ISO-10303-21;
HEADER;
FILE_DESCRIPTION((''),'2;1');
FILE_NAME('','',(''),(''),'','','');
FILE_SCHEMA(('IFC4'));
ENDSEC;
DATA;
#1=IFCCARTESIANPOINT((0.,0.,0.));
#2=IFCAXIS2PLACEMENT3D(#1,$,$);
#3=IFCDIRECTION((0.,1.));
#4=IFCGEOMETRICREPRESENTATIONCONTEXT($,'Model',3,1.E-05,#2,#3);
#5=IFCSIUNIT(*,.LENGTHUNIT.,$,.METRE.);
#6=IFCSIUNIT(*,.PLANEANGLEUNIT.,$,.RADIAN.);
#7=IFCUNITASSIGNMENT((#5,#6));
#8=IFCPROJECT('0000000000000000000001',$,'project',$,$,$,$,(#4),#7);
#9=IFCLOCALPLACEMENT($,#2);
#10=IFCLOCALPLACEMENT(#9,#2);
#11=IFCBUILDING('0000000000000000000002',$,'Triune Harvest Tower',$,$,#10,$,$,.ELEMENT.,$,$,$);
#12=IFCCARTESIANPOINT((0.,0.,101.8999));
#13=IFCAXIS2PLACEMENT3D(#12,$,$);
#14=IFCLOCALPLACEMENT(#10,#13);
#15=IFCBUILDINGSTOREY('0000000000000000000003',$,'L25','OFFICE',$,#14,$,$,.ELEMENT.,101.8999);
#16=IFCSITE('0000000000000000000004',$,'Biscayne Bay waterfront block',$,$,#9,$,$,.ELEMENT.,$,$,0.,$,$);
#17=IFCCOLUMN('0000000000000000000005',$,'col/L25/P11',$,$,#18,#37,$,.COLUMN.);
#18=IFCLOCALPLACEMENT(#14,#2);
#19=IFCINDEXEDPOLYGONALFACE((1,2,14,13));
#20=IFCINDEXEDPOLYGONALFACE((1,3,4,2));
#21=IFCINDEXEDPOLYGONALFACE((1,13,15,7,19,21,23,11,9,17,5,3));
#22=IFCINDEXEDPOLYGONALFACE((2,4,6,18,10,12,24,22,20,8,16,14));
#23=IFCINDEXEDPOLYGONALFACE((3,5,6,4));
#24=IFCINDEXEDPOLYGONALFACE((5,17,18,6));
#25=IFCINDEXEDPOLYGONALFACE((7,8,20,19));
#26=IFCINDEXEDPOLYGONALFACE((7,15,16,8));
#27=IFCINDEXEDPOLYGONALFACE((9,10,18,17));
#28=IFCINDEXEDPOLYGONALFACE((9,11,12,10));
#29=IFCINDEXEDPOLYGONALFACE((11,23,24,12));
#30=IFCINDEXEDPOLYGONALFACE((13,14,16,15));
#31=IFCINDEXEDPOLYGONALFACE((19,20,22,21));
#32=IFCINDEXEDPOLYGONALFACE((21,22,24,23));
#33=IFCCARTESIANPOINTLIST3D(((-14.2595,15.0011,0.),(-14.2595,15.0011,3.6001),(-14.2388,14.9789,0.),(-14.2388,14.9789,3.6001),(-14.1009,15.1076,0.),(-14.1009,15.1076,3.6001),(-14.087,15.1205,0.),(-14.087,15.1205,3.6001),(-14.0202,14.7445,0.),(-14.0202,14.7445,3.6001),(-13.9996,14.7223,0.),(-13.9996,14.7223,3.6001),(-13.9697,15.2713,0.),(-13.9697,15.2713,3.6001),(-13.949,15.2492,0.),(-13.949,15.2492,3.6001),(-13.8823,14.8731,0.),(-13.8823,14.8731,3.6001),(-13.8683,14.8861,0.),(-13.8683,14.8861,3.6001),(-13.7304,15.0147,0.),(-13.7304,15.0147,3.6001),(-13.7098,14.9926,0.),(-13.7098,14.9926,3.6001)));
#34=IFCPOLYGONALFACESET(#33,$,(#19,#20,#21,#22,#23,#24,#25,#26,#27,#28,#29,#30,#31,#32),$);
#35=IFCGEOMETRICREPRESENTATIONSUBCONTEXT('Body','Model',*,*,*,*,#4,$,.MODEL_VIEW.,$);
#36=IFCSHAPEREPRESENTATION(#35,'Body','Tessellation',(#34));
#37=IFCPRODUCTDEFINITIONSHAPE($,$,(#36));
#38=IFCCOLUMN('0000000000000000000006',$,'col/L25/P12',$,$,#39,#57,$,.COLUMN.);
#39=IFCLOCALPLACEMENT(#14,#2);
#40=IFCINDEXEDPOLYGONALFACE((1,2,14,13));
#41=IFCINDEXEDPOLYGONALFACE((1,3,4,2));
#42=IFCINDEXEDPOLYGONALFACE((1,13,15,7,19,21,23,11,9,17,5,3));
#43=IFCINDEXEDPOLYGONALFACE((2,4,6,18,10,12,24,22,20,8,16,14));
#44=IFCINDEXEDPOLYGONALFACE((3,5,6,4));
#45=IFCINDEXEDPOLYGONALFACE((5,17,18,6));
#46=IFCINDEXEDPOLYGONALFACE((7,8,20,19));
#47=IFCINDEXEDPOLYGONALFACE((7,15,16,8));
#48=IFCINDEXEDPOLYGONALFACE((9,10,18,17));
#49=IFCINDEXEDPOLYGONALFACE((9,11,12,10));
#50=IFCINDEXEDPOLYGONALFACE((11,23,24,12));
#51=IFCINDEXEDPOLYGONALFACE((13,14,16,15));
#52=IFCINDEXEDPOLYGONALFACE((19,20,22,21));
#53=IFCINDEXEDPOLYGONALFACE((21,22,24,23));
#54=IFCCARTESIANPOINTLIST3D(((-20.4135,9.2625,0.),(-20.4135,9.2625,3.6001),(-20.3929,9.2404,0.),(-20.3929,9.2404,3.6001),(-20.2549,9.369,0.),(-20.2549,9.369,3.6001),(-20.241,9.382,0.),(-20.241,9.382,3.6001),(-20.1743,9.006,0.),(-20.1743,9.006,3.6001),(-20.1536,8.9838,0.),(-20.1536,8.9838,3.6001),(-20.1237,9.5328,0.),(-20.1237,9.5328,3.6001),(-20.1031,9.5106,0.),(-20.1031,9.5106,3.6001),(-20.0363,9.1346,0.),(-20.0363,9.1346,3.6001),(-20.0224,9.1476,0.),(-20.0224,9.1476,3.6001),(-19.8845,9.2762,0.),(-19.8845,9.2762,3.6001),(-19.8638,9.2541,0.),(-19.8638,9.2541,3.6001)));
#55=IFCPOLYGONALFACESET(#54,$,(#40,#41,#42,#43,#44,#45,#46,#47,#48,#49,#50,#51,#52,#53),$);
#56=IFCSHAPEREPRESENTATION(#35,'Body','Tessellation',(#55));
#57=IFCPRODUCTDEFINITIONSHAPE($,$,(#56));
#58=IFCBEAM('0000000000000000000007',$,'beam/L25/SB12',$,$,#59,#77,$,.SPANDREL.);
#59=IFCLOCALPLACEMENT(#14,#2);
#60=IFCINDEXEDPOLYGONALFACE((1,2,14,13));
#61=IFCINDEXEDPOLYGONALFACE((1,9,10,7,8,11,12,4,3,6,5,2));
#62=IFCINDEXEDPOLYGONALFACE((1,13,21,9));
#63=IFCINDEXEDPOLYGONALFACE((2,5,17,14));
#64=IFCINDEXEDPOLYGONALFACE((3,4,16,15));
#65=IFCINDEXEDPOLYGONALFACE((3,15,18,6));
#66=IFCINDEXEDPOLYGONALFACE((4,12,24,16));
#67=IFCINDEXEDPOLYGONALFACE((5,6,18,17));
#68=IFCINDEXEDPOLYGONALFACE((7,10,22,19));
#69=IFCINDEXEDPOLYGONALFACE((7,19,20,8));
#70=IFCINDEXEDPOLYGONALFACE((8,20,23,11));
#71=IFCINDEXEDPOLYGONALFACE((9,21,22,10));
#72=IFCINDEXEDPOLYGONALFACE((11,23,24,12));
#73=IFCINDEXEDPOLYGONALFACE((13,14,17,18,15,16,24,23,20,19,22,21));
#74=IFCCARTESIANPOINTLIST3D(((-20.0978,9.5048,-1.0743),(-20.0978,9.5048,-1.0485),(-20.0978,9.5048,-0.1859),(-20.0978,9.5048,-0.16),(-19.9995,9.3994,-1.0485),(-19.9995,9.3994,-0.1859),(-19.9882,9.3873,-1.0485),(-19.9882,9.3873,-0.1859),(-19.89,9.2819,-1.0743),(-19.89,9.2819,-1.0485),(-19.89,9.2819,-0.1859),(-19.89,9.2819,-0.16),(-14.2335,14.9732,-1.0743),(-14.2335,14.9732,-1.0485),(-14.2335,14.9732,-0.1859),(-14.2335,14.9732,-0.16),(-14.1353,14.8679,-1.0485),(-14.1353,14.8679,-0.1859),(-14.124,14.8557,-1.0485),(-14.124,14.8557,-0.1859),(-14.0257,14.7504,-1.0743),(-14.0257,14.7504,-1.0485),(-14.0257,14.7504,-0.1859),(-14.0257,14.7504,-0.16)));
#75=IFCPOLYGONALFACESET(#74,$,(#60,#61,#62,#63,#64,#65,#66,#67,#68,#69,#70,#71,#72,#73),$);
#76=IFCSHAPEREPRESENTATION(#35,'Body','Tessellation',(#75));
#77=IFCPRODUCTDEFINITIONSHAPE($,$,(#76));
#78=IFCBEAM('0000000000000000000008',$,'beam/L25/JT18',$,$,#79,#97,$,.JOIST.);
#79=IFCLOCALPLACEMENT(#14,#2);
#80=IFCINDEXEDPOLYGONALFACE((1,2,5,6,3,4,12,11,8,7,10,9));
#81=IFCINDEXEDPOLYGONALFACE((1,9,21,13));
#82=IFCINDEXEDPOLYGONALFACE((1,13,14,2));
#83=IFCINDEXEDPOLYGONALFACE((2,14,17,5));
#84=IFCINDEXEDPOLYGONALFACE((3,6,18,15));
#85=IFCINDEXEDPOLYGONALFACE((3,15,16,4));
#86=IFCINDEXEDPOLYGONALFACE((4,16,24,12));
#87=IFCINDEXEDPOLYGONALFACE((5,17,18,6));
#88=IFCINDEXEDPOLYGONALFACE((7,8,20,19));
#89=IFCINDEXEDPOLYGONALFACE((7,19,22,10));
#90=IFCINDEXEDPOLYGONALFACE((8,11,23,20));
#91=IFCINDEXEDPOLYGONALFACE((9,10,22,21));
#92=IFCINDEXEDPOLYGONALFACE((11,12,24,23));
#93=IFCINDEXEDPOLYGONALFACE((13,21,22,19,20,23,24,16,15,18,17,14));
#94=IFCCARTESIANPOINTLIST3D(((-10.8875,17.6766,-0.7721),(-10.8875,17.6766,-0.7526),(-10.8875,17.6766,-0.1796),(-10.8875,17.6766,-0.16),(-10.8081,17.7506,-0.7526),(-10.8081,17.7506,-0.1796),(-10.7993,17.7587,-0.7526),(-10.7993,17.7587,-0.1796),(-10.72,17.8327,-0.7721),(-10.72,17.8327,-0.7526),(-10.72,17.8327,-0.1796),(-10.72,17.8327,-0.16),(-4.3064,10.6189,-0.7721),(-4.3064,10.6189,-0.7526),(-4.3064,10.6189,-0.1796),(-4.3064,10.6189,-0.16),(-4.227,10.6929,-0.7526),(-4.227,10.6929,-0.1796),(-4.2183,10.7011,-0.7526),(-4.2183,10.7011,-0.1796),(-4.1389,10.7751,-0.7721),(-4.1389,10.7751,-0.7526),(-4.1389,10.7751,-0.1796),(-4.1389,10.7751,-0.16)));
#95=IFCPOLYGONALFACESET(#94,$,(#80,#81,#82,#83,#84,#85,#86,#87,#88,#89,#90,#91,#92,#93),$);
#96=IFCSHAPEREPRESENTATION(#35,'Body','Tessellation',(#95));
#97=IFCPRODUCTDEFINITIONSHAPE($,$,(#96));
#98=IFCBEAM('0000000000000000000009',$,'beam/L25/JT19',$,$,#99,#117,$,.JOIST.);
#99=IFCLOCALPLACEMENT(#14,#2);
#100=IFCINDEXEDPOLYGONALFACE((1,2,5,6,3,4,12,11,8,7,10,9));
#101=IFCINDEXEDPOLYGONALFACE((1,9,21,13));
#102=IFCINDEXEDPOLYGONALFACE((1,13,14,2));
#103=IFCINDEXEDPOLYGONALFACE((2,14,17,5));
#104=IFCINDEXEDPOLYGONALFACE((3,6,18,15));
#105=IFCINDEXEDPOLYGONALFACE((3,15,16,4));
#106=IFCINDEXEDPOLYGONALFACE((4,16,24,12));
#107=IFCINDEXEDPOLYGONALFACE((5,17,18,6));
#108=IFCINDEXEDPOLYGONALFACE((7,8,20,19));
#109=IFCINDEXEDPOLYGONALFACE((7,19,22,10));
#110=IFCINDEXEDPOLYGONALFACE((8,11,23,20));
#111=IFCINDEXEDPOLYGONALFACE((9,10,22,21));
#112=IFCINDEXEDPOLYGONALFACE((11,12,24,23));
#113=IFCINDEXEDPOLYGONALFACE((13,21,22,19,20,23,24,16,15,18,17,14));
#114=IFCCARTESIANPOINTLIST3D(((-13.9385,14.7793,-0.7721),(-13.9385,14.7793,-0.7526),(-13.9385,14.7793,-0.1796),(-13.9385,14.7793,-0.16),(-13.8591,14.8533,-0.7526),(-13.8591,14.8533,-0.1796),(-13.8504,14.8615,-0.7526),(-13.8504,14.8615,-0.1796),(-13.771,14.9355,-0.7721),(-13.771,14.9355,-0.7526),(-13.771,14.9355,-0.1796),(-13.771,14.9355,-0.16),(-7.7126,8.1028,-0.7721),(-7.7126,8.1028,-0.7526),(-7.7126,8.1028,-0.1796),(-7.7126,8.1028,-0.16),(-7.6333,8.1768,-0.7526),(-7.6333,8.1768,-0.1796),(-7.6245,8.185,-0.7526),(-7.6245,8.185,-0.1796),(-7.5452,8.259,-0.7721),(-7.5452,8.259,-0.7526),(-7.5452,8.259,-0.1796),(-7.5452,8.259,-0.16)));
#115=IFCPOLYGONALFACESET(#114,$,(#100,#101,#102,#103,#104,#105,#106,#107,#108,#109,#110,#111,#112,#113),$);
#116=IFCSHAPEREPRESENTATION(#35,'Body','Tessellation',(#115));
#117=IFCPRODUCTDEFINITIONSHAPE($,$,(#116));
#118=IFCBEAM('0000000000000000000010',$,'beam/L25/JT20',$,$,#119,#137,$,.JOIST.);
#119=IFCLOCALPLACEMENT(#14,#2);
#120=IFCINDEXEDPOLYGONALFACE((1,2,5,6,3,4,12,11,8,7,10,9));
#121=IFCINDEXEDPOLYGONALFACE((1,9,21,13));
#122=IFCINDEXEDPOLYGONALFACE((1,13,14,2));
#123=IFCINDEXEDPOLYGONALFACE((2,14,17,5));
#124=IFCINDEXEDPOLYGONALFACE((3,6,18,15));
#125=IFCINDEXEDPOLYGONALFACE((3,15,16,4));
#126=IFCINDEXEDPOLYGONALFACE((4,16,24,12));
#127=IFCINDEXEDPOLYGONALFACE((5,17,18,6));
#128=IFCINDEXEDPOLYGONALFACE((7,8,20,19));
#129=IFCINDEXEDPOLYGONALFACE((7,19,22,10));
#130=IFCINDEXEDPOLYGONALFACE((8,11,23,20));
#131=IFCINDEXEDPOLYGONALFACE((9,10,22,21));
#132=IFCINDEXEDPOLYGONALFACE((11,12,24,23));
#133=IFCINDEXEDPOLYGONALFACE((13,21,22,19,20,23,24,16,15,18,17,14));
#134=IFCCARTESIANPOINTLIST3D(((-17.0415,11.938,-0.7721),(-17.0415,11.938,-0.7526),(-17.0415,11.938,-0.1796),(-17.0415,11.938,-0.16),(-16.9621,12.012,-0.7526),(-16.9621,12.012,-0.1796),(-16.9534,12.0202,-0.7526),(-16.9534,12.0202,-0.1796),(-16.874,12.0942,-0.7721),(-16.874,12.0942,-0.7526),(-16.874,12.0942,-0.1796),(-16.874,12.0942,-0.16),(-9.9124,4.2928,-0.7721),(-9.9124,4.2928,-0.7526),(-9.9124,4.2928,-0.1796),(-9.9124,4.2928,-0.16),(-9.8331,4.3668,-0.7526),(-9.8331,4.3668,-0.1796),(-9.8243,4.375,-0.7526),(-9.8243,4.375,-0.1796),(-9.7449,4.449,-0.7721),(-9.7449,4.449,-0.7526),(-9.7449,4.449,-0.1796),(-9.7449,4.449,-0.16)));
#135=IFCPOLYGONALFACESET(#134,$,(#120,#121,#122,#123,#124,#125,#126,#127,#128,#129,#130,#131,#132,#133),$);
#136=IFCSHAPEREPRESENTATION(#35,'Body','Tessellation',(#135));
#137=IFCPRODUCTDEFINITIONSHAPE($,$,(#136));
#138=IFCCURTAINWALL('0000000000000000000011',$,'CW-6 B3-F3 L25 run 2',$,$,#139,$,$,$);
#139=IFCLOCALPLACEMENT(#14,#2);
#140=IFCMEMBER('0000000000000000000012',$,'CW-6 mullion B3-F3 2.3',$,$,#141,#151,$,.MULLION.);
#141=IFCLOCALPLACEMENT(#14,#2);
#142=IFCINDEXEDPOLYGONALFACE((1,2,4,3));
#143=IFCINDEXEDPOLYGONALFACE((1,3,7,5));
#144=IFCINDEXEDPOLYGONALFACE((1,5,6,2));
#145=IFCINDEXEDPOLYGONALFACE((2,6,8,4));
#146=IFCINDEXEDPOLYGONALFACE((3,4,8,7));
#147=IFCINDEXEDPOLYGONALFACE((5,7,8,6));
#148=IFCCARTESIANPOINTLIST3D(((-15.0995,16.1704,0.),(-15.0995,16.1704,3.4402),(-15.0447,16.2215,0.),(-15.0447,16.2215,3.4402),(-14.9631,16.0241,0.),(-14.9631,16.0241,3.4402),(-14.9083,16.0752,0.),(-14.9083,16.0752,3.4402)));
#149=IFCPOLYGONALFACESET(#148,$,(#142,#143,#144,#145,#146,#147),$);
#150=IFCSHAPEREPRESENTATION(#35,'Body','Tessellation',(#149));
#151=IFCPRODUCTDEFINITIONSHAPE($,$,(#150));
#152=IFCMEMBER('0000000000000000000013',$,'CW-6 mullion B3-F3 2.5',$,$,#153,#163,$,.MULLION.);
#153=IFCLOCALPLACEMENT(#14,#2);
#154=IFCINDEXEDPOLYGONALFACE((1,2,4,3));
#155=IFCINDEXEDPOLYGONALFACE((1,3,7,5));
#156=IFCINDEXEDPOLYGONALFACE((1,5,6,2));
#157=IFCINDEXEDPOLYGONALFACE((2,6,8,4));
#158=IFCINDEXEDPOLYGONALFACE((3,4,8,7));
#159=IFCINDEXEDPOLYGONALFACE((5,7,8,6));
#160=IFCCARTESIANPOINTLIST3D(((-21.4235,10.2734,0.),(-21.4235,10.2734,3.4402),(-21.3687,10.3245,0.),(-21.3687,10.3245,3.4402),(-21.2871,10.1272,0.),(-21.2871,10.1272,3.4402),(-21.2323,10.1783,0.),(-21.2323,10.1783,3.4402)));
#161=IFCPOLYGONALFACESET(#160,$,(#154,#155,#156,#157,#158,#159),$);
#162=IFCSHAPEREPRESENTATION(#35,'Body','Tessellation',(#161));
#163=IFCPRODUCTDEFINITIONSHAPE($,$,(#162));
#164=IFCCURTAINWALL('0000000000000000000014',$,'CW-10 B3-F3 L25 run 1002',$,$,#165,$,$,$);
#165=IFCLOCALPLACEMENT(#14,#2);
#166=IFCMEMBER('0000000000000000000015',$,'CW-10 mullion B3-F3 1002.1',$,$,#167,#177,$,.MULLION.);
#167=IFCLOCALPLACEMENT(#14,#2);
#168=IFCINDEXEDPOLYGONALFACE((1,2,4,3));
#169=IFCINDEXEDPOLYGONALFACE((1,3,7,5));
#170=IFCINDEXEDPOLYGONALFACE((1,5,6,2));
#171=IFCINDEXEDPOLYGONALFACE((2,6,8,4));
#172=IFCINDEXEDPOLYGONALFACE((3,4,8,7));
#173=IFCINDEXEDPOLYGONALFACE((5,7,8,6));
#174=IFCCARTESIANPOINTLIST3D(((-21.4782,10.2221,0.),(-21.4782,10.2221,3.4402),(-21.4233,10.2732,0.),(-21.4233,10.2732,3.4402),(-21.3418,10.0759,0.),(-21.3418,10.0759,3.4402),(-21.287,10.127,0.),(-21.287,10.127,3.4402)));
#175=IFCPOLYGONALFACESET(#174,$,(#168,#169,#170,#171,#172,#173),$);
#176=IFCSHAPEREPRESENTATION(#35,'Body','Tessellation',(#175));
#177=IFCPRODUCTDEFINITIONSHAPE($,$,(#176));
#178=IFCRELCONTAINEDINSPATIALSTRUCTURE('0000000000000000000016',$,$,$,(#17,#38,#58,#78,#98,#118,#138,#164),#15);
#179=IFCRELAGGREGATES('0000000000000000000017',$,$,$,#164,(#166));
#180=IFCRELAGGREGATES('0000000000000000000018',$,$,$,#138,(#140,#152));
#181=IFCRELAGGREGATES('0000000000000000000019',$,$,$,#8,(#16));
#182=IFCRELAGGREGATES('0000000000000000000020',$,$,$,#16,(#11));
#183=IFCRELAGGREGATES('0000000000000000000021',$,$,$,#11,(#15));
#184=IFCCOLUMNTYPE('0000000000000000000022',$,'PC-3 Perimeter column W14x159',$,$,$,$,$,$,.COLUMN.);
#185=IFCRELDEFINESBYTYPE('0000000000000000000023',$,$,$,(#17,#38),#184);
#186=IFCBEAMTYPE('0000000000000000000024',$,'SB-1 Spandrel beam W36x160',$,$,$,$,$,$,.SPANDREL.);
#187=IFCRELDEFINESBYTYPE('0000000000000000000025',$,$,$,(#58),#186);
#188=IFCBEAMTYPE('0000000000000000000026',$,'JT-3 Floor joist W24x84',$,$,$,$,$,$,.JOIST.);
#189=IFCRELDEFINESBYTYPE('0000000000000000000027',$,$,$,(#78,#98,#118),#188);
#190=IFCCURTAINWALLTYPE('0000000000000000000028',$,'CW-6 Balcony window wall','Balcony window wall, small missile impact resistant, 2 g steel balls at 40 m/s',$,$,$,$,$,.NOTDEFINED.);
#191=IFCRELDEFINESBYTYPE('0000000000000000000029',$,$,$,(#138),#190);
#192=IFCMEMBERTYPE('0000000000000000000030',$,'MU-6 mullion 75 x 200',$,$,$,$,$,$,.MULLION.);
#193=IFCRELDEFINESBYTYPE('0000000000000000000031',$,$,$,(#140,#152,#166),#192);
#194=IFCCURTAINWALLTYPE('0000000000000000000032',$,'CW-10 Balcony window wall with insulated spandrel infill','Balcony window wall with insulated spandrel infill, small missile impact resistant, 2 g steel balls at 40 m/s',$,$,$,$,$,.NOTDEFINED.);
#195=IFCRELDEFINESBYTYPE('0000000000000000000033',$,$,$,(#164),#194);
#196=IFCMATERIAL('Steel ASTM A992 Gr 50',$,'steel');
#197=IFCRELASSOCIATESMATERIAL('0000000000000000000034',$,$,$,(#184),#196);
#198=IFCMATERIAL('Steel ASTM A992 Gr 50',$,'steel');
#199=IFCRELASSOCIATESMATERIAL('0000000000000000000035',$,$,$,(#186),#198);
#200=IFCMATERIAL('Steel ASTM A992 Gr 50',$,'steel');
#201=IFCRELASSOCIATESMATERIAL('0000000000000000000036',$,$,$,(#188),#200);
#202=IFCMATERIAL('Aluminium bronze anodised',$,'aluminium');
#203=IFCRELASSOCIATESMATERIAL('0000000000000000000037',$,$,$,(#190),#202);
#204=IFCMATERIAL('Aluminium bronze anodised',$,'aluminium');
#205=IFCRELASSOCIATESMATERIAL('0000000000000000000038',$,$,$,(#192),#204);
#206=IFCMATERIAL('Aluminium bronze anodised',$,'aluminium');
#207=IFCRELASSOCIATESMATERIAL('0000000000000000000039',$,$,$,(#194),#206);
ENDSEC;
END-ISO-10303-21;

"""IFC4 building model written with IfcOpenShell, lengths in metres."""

from ifc_helpers import new_model, si_unit, direction, frame, origin, origin_2d, place, context, subcontext, project, spatial, rectangle, i_section, extrude, source, transform, mapped, material, material_profile, profile_set, type_object, element, aggregate, save


model = new_model("IFC4")

# Units and contexts
model_context = context("Model", 3, precision=1e-05, world=origin(), true_north=direction((0.0, 1.0)))
body_context = subcontext(model_context, "Body", "Model", "MODEL_VIEW")
ifc_project = project(units=[si_unit("LENGTHUNIT", "METRE"), si_unit("PLANEANGLEUNIT", "RADIAN")], contexts=[model_context])

# Site, building, storey
site_placement = place(None, origin())
site = spatial("IfcSite", under=ifc_project, at=site_placement, Name="Biscayne Bay waterfront block", CompositionType="ELEMENT", RefElevation=0.0)
building_placement = place(site_placement, origin())
building = spatial("IfcBuilding", under=site, at=building_placement, Name="Triune Harvest Tower", CompositionType="ELEMENT")
storey_placement = place(building_placement, frame((0.0, 0.0, 101.8999)))
storey = spatial("IfcBuildingStorey", under=building, at=storey_placement, Name="L25", Description="OFFICE", CompositionType="ELEMENT", Elevation=101.8999)

# Columns
ifc_material_1 = material(Name="Steel ASTM A992 Gr 50", Category="steel")
ifc_material_profile_1 = material_profile(ifc_material_1, i_section(OverallWidth=0.3962, OverallDepth=0.3811, WebThickness=0.019, FlangeThickness=0.0303, at=origin_2d()), Name="W14x159")
ifc_profile_set_1 = profile_set([ifc_material_profile_1], Name="Steel ASTM A992 Gr 50")
column_type = type_object("IfcColumnType", Name="PC-3 Perimeter column W14x159", PredefinedType="COLUMN", material=ifc_profile_set_1)
shared_shape_1 = source(origin(), body_context, "Body", "SweptSolid", [
    extrude(i_section(OverallWidth=0.3962, OverallDepth=0.3811, WebThickness=0.019, FlangeThickness=0.0303, at=origin_2d()), origin(), (0.0, 0.0, 1.0), 3.6001),
])
for number, where, z_axis, x_axis, name in (
    (1, (-13.9846, 14.9968, 0.0), (0.0, 0.0, 1.0), (-0.731355, -0.681997, 0.0), "col/L25/P11"),
    (2, (-20.1387, 9.2583, 0.0), (0.0, 0.0, 1.0), (-0.731355, -0.681997, 0.0), "col/L25/P12"),
):
    element("IfcColumn", number, at=place(storey_placement, frame(where, z_axis=z_axis, x_axis=x_axis)), inside=storey, type_object=column_type, Name=name, PredefinedType="COLUMN", context=body_context, shape_type="MappedRepresentation", body=[
        mapped(shared_shape_1, transform((0.0, 0.0, 0.0), scale=1.0)),
    ])

# Beams
ifc_material_2 = material(Name="Steel ASTM A992 Gr 50", Category="steel")
ifc_material_profile_2 = material_profile(ifc_material_2, i_section(OverallWidth=0.3047, OverallDepth=0.9143, WebThickness=0.0166, FlangeThickness=0.0259, at=origin_2d()), Name="W36x160")
ifc_profile_set_2 = profile_set([ifc_material_profile_2], Name="Steel ASTM A992 Gr 50")
beam_type_1 = type_object("IfcBeamType", Name="SB-1 Spandrel beam W36x160", PredefinedType="SPANDREL", material=ifc_profile_set_2)
shared_shape_2 = source(origin(), body_context, "Body", "SweptSolid", [
    extrude(i_section(OverallWidth=0.3047, OverallDepth=0.9143, WebThickness=0.0166, FlangeThickness=0.0259, at=origin_2d()), origin(), (0.0, 0.0, 1.0), 8.0183),
])
beam_1_placement = place(storey_placement, frame((-14.1296, 14.8618, -0.6172), z_axis=(-0.731354, -0.681998, 0.0), x_axis=(0.681998, -0.731354, 0.0)))
element("IfcBeam", 3, at=beam_1_placement, inside=storey, type_object=beam_type_1, Name="beam/L25/SB12", PredefinedType="SPANDREL", context=body_context, shape_type="MappedRepresentation", body=[
    mapped(shared_shape_2, transform((0.0, 0.0, 0.0), scale=1.0)),
])
ifc_material_3 = material(Name="Steel ASTM A992 Gr 50", Category="steel")
ifc_material_profile_3 = material_profile(ifc_material_3, i_section(OverallWidth=0.229, OverallDepth=0.6121, WebThickness=0.012, FlangeThickness=0.0195, at=origin_2d()), Name="W24x84")
ifc_profile_set_3 = profile_set([ifc_material_profile_3], Name="Steel ASTM A992 Gr 50")
beam_type_2 = type_object("IfcBeamType", Name="JT-3 Floor joist W24x84", PredefinedType="JOIST", material=ifc_profile_set_3)
shared_shape_3 = source(origin(), body_context, "Body", "SweptSolid", [
    extrude(i_section(OverallWidth=0.229, OverallDepth=0.6121, WebThickness=0.012, FlangeThickness=0.0195, at=origin_2d()), origin(), (0.0, 0.0, 1.0), 9.6499),
])
beam_2_placement = place(storey_placement, frame((-10.8037, 17.7546, -0.4661), z_axis=(0.681983, -0.731368, 0.0), x_axis=(0.731368, 0.681983, 0.0)))
element("IfcBeam", 4, at=beam_2_placement, inside=storey, type_object=beam_type_2, Name="beam/L25/JT18", PredefinedType="JOIST", context=body_context, shape_type="MappedRepresentation", body=[
    mapped(shared_shape_3, transform((0.0, 0.0, 0.0), scale=1.0)),
])
shared_shape_4 = source(origin(), body_context, "Body", "SweptSolid", [
    extrude(i_section(OverallWidth=0.229, OverallDepth=0.6121, WebThickness=0.012, FlangeThickness=0.0195, at=origin_2d()), origin(), (0.0, 0.0, 1.0), 9.1289),
])
beam_3_placement = place(storey_placement, frame((-13.8547, 14.8574, -0.4661), z_axis=(0.681991, -0.73136, 0.0), x_axis=(0.73136, 0.681991, 0.0)))
element("IfcBeam", 5, at=beam_3_placement, inside=storey, type_object=beam_type_2, Name="beam/L25/JT19", PredefinedType="JOIST", context=body_context, shape_type="MappedRepresentation", body=[
    mapped(shared_shape_4, transform((0.0, 0.0, 0.0), scale=1.0)),
])
shared_shape_5 = source(origin(), body_context, "Body", "SweptSolid", [
    extrude(i_section(OverallWidth=0.229, OverallDepth=0.6121, WebThickness=0.012, FlangeThickness=0.0195, at=origin_2d()), origin(), (0.0, 0.0, 1.0), 10.4534),
])
beam_4_placement = place(storey_placement, frame((-16.9578, 12.0161, -0.4661), z_axis=(0.681989, -0.731362, 0.0), x_axis=(0.731362, 0.681989, 0.0)))
element("IfcBeam", 6, at=beam_4_placement, inside=storey, type_object=beam_type_2, Name="beam/L25/JT20", PredefinedType="JOIST", context=body_context, shape_type="MappedRepresentation", body=[
    mapped(shared_shape_5, transform((0.0, 0.0, 0.0), scale=1.0)),
])

# Curtain wall, members
ifc_material_4 = material(Name="Aluminium bronze anodised", Category="aluminium")
curtain_wall_type_1 = type_object("IfcCurtainWallType", Name="CW-6 Balcony window wall", Description="Balcony window wall, small missile impact resistant, 2 g steel balls at 40 m/s", PredefinedType="NOTDEFINED", material=ifc_material_4)
curtain_wall_1_placement = place(storey_placement, origin())
curtain_wall_1 = element("IfcCurtainWall", 7, at=curtain_wall_1_placement, inside=storey, type_object=curtain_wall_type_1, Name="CW-6 B3-F3 L25 run 2")
ifc_material_5 = material(Name="Aluminium bronze anodised", Category="aluminium")
ifc_material_profile_4 = material_profile(ifc_material_5, rectangle(XDim=0.2, YDim=0.075, at=origin_2d()), Name="MU-6 mullion 75 x 200")
ifc_profile_set_4 = profile_set([ifc_material_profile_4], Name="Aluminium bronze anodised")
member_type_1 = type_object("IfcMemberType", Name="MU-6 mullion 75 x 200", PredefinedType="MULLION", material=ifc_profile_set_4)
shared_shape_6 = source(origin(), body_context, "Body", "SweptSolid", [
    extrude(rectangle(XDim=0.2, YDim=0.075, at=origin_2d()), origin(), (0.0, 0.0, 1.0), 3.4402),
])
member_1_placement = place(storey_placement, frame((-15.0039, 16.1228, 0.0), z_axis=(0.0, 0.0, 1.0), x_axis=(0.682, -0.731352, 0.0)))
member_1 = element("IfcMember", 8, at=member_1_placement, type_object=member_type_1, Name="CW-6 mullion B3-F3 2.3", PredefinedType="MULLION", context=body_context, shape_type="MappedRepresentation", body=[
    mapped(shared_shape_6, transform((0.0, 0.0, 0.0), scale=1.0)),
])
member_2_placement = place(storey_placement, frame((-21.3279, 10.2258, 0.0), z_axis=(0.0, 0.0, 1.0), x_axis=(0.682, -0.731352, 0.0)))
member_2 = element("IfcMember", 9, at=member_2_placement, type_object=member_type_1, Name="CW-6 mullion B3-F3 2.5", PredefinedType="MULLION", context=body_context, shape_type="MappedRepresentation", body=[
    mapped(shared_shape_6, transform((0.0, 0.0, 0.0), scale=1.0)),
])

# Curtain wall, member
ifc_material_6 = material(Name="Aluminium bronze anodised", Category="aluminium")
curtain_wall_type_2 = type_object("IfcCurtainWallType", Name="CW-10 Balcony window wall with insulated spandrel infill", Description="Balcony window wall with insulated spandrel infill, small missile impact resistant, 2 g steel balls at 40 m/s", PredefinedType="NOTDEFINED", material=ifc_material_6)
curtain_wall_2_placement = place(storey_placement, origin())
curtain_wall_2 = element("IfcCurtainWall", 10, at=curtain_wall_2_placement, inside=storey, type_object=curtain_wall_type_2, Name="CW-10 B3-F3 L25 run 1002")
member_3_placement = place(storey_placement, frame((-21.3826, 10.1746, 0.0), z_axis=(0.0, 0.0, 1.0), x_axis=(0.681997, -0.731355, 0.0)))
member_3 = element("IfcMember", 11, at=member_3_placement, type_object=member_type_1, Name="CW-10 mullion B3-F3 1002.1", PredefinedType="MULLION", context=body_context, shape_type="MappedRepresentation", body=[
    mapped(shared_shape_6, transform((0.0, 0.0, 0.0), scale=1.0)),
])

aggregate(curtain_wall_2, [member_3])

aggregate(curtain_wall_1, [member_1, member_2])

save(model, "model.ifc")
